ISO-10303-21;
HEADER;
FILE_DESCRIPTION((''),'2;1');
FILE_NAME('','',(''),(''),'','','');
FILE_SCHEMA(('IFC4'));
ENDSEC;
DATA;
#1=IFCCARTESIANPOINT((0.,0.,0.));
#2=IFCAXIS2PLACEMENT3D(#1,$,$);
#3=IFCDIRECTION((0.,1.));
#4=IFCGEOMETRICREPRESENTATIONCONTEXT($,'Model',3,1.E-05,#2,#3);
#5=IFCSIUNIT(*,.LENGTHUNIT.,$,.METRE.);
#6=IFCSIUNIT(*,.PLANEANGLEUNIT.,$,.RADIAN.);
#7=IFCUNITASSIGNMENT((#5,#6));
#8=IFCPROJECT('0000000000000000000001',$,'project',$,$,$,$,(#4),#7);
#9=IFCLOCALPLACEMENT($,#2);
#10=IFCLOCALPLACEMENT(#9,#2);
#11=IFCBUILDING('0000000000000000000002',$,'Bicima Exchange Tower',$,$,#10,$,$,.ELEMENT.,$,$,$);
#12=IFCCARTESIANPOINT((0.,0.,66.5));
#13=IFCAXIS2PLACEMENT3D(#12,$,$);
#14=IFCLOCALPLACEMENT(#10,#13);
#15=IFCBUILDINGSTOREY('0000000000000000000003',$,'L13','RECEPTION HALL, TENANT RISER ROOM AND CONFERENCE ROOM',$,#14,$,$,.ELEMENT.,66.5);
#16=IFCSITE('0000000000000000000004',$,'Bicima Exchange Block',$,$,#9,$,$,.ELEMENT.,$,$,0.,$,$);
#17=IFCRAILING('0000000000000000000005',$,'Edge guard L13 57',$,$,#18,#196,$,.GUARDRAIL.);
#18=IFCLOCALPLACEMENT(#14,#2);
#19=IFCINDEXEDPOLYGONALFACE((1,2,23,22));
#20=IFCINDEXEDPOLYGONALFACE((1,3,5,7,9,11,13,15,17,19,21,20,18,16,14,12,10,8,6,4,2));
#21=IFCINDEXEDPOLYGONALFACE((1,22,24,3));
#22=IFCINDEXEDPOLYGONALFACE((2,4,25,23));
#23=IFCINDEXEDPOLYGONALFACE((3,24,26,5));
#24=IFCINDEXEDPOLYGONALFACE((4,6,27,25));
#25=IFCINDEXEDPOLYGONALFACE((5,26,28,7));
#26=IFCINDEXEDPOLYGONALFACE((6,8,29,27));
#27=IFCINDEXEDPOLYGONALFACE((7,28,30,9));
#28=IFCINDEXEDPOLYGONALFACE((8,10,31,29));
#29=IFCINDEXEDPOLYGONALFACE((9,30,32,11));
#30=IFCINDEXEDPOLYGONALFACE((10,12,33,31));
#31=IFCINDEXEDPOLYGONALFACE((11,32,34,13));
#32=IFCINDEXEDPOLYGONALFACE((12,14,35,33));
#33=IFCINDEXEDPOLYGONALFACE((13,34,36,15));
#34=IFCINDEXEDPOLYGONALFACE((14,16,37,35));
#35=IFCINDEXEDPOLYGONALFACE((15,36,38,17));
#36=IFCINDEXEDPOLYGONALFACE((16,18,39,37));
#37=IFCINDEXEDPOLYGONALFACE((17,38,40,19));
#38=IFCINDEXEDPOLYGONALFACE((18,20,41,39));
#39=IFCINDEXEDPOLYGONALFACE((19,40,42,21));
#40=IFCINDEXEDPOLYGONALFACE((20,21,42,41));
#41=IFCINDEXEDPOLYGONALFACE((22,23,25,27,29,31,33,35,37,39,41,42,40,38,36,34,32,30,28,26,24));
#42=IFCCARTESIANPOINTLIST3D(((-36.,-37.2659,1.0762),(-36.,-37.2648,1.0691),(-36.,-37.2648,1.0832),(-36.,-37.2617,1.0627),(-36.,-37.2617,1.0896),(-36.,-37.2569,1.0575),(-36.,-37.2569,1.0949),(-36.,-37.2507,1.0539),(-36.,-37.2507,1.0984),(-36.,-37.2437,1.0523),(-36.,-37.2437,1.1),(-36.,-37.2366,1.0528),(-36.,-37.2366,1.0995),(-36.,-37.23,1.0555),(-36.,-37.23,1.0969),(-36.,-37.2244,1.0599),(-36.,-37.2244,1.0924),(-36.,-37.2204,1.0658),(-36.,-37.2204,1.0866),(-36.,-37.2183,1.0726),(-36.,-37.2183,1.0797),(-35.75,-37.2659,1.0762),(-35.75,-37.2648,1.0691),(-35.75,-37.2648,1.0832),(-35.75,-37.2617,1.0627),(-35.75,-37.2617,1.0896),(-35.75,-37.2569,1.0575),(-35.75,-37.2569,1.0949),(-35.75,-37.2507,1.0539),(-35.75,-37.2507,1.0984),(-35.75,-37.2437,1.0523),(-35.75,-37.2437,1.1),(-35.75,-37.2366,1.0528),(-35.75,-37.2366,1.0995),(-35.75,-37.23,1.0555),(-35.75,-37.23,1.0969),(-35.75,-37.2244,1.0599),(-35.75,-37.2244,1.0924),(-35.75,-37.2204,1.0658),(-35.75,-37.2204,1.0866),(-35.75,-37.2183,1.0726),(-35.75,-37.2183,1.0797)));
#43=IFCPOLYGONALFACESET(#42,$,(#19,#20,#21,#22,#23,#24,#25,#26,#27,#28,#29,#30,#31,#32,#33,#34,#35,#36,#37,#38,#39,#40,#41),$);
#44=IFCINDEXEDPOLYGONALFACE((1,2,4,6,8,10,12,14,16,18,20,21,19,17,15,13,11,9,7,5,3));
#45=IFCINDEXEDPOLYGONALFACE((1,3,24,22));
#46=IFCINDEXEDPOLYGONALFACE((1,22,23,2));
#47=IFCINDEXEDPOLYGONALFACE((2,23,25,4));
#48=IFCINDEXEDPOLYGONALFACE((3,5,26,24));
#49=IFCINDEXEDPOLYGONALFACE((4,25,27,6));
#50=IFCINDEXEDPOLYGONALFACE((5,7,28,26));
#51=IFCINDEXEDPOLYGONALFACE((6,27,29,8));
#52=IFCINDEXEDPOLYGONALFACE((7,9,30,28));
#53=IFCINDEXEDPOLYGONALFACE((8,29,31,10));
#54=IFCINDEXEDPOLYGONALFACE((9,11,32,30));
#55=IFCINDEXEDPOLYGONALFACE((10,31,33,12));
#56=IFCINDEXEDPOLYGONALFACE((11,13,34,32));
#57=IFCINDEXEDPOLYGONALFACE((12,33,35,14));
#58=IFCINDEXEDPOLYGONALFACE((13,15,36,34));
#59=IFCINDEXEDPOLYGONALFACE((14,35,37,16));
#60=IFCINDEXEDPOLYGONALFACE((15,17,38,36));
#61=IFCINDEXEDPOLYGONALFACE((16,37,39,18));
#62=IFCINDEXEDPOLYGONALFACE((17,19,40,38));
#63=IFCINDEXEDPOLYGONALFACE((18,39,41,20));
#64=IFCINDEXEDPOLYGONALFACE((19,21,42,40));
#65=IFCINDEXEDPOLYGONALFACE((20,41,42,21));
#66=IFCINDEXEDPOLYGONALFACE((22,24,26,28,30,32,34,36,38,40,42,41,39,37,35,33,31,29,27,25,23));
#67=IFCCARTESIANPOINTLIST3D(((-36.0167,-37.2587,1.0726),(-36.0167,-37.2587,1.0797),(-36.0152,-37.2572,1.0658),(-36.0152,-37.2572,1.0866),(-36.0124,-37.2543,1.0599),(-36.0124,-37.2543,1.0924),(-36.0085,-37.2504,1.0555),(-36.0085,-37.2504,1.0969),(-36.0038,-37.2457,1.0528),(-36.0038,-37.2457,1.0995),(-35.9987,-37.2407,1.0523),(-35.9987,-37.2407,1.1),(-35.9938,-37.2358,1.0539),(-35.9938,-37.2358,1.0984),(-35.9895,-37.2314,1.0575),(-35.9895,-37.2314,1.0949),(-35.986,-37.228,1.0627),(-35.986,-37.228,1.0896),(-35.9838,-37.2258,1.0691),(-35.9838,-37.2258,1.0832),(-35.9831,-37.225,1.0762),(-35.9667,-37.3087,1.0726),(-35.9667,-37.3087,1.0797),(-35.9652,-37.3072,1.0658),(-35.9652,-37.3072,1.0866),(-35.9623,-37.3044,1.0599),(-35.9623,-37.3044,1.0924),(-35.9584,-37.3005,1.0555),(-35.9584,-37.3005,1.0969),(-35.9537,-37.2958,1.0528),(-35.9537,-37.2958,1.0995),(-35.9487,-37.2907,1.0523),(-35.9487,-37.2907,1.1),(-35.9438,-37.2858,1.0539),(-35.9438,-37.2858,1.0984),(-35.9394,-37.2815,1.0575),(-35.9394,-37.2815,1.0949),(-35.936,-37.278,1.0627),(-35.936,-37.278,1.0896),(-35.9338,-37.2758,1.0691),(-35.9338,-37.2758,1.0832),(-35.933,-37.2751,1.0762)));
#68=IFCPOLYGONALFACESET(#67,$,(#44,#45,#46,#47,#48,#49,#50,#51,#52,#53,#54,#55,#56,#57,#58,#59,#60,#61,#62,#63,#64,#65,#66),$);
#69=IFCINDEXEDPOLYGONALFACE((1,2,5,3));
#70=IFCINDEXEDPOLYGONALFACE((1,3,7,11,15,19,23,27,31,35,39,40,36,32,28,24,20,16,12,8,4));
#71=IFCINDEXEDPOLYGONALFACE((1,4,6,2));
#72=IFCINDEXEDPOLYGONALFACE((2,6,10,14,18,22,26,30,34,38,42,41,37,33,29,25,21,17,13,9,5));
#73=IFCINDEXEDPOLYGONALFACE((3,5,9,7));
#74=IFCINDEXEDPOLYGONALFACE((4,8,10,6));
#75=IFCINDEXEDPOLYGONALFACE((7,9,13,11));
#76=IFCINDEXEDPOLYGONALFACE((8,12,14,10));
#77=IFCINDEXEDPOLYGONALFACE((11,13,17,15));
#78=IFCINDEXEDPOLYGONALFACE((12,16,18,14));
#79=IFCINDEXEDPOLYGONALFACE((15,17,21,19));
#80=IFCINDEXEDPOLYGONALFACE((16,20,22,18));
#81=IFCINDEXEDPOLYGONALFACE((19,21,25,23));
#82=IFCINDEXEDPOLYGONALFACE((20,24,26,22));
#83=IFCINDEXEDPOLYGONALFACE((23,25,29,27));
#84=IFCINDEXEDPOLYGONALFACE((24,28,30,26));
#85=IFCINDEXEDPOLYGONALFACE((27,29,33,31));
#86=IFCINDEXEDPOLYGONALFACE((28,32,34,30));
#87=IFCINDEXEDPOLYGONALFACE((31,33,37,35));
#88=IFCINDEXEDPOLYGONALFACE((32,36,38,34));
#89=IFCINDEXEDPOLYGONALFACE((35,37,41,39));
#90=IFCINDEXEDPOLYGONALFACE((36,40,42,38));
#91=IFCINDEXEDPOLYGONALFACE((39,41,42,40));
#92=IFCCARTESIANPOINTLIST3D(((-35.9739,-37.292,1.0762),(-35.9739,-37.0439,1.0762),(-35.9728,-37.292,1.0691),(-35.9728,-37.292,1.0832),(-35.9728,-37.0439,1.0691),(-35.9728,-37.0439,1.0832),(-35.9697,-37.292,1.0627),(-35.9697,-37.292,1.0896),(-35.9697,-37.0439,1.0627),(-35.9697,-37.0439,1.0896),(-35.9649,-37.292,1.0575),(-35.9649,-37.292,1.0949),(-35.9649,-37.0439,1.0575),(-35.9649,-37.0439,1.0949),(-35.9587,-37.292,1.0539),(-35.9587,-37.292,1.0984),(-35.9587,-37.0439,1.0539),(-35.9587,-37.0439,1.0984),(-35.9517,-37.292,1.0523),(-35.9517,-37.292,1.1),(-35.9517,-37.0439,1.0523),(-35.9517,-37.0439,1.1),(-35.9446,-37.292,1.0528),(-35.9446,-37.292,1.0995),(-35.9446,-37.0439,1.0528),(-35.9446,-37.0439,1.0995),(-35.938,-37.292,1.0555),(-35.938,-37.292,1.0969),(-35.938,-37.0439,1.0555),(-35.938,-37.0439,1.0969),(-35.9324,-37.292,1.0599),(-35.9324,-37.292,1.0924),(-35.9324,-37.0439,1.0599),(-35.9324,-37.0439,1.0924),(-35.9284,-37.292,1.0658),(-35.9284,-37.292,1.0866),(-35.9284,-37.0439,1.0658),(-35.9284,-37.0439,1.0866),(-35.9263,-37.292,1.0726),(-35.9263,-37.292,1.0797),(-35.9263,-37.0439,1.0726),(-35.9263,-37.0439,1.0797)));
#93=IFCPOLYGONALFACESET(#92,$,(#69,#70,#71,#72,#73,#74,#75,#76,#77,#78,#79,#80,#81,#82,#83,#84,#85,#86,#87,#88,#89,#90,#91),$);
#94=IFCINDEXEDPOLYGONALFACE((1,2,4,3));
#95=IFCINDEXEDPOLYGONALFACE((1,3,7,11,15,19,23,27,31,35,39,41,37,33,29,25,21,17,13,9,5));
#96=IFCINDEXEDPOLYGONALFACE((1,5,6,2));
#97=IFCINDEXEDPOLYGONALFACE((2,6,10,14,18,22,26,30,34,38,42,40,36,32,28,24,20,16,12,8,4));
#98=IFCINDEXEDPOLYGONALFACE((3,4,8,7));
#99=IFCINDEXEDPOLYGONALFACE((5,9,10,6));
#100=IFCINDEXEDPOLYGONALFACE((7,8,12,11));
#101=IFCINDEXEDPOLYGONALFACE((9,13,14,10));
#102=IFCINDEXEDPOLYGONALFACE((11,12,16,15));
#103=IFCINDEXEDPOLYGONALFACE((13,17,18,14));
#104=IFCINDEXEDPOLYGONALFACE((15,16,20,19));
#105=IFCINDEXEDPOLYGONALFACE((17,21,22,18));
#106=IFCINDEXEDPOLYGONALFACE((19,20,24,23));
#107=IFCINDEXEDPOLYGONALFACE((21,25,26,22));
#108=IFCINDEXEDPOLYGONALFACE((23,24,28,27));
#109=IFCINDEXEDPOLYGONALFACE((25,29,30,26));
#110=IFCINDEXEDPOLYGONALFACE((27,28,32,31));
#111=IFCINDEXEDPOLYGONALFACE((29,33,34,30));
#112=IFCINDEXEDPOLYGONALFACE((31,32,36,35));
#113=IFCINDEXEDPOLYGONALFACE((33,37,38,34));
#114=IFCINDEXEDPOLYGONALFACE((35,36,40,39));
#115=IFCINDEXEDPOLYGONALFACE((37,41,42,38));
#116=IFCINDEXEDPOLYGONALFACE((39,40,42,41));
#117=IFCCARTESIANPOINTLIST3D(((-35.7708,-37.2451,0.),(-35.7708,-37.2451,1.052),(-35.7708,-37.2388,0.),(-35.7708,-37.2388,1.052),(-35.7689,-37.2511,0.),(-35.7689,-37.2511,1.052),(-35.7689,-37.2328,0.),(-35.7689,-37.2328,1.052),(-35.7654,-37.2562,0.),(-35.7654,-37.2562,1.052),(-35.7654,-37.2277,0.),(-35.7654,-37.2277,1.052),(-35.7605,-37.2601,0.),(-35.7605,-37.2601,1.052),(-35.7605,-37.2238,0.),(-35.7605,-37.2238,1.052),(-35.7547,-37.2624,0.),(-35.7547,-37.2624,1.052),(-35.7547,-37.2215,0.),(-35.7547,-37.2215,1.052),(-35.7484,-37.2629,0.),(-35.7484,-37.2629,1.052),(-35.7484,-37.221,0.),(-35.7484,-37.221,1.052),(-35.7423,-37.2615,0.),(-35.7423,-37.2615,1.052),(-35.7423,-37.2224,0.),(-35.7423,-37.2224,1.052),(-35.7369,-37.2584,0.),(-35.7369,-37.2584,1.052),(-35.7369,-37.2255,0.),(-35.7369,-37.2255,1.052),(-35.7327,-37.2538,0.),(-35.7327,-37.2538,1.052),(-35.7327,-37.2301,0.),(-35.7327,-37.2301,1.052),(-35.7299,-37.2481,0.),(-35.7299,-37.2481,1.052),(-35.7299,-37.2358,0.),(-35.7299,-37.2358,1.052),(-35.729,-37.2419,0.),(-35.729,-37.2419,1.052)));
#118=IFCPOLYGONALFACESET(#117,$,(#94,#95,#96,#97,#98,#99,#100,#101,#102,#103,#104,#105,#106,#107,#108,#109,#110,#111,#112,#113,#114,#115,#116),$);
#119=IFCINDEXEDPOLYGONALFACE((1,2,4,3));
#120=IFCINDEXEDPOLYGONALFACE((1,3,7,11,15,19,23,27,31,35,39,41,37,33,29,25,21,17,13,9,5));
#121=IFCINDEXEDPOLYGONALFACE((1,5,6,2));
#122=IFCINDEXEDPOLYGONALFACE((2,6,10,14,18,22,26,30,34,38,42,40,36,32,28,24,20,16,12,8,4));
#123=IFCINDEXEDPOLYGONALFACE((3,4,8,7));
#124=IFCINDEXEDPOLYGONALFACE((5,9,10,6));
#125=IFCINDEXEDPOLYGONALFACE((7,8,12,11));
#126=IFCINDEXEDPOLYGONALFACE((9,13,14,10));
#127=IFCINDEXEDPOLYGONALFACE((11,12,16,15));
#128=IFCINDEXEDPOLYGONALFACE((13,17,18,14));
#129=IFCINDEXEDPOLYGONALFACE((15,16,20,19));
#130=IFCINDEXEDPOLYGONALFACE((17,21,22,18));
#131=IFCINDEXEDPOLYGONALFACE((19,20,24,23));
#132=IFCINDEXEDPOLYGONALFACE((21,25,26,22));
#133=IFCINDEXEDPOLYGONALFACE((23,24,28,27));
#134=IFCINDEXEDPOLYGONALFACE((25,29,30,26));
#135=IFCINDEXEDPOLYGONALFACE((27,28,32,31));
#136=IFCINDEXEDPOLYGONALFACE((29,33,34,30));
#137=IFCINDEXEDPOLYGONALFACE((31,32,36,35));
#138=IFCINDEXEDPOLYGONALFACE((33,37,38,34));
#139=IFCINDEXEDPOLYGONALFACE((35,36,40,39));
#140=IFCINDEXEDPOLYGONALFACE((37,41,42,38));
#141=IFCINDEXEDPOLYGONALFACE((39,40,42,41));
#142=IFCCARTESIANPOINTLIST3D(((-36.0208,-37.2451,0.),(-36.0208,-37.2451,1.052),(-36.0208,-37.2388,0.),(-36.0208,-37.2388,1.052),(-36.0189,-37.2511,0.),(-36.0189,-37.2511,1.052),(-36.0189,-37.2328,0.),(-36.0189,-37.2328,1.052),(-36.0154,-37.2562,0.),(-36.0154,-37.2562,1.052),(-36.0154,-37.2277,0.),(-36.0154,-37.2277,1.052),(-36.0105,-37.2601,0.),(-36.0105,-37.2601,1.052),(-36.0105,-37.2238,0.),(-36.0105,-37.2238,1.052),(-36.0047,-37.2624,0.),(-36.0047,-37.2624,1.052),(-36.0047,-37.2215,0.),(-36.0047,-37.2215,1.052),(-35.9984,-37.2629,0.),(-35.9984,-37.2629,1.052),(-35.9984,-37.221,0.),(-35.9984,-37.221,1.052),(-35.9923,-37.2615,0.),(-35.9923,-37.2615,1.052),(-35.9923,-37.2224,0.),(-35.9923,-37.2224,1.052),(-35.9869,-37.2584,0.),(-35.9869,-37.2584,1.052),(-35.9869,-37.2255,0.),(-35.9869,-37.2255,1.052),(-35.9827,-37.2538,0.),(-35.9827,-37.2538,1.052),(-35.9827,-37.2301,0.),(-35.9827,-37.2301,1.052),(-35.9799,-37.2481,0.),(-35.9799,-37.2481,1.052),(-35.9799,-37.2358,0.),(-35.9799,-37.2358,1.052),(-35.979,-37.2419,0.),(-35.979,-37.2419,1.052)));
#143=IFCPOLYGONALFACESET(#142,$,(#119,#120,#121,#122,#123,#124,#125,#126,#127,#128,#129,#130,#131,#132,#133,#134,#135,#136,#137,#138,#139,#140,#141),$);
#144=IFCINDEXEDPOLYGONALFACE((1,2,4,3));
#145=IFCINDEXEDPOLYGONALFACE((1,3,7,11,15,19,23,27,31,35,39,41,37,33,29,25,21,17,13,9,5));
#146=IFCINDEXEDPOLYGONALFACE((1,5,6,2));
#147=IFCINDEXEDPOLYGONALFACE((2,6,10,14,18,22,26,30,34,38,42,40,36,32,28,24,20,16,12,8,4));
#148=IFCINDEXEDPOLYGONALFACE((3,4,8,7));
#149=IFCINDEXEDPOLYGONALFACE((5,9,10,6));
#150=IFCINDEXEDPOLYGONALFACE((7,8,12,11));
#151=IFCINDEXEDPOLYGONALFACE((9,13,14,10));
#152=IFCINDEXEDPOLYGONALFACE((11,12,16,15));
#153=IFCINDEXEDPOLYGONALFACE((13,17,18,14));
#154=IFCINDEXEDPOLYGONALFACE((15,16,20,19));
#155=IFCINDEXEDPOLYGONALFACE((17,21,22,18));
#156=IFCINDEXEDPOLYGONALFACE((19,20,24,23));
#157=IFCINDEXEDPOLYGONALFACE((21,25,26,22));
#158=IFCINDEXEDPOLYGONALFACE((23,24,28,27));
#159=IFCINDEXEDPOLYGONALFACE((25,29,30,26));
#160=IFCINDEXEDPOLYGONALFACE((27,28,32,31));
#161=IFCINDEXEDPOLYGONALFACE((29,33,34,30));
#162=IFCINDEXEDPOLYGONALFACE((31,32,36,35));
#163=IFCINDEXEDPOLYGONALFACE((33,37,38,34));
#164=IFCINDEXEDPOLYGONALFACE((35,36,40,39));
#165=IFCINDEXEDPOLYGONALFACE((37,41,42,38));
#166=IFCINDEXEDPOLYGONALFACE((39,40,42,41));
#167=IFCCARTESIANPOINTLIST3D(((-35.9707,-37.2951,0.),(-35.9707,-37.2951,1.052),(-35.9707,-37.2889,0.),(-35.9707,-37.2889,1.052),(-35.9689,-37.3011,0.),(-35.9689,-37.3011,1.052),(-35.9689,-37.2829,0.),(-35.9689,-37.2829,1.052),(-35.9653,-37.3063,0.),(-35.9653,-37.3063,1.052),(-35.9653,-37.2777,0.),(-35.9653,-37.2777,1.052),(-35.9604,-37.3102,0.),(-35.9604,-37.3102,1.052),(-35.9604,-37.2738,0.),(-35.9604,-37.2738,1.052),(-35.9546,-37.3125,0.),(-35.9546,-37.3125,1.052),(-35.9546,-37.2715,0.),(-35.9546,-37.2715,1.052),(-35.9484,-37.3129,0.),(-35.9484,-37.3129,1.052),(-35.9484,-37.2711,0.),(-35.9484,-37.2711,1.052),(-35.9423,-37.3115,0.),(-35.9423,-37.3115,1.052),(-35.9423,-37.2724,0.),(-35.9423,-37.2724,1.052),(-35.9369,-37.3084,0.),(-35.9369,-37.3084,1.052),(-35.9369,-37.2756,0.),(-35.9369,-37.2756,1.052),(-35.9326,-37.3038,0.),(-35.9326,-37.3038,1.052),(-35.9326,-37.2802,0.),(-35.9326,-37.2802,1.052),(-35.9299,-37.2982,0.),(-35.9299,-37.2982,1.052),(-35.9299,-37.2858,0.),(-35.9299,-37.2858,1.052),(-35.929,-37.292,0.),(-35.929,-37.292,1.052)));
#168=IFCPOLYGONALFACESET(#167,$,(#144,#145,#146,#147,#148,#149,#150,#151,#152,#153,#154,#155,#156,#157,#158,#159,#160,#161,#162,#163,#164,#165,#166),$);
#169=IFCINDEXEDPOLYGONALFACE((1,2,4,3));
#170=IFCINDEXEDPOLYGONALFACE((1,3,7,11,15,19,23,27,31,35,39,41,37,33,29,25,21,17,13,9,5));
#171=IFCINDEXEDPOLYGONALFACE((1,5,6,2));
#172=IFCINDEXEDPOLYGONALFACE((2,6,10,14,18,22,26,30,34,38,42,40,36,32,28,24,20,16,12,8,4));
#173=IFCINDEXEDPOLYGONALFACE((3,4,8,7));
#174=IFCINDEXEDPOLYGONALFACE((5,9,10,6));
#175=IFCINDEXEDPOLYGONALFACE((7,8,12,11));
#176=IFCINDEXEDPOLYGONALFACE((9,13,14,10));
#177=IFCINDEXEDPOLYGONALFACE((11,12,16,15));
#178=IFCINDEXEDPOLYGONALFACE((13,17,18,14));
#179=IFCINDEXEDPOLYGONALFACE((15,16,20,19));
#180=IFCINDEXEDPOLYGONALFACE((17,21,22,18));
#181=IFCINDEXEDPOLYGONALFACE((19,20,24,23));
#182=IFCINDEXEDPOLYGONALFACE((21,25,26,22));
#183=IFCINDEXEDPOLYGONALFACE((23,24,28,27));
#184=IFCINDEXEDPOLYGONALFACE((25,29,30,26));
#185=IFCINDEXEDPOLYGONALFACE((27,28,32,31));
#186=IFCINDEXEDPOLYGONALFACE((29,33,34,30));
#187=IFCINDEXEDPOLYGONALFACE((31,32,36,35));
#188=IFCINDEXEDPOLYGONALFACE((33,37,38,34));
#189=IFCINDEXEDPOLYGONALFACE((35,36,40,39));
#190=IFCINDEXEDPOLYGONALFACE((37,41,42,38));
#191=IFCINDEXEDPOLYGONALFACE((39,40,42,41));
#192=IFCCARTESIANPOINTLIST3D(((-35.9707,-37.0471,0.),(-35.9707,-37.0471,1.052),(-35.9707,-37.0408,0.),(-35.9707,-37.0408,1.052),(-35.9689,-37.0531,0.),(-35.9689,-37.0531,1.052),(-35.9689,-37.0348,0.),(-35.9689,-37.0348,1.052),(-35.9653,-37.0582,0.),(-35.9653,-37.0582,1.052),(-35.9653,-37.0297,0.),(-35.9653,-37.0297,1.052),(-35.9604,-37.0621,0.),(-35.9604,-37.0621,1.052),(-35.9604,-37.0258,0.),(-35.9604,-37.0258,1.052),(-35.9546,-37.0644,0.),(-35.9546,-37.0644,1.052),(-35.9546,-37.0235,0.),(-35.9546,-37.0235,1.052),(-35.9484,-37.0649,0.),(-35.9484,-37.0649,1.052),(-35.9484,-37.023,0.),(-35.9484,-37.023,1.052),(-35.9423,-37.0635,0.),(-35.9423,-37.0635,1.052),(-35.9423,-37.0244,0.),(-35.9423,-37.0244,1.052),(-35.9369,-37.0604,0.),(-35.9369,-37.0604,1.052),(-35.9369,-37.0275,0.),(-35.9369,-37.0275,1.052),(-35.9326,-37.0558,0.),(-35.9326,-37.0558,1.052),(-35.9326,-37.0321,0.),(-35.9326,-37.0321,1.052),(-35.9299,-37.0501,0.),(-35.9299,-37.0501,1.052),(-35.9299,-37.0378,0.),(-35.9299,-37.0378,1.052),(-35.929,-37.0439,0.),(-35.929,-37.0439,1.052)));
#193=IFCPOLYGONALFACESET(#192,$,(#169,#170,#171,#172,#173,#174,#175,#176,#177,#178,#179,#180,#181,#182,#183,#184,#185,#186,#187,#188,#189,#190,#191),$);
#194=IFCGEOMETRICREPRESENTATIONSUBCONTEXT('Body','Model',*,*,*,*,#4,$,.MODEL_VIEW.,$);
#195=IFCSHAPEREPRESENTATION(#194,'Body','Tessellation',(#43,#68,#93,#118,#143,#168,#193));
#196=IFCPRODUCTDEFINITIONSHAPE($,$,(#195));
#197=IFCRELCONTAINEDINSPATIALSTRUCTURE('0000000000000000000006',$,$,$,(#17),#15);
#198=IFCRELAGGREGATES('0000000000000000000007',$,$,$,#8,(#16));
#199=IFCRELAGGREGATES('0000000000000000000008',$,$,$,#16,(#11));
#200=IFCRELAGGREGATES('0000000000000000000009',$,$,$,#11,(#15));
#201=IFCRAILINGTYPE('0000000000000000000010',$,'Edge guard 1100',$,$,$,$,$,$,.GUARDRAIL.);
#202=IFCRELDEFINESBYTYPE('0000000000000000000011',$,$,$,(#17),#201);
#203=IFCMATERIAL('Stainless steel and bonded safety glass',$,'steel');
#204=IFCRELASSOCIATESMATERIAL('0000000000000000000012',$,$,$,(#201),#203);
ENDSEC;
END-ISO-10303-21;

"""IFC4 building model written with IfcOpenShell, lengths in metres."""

from ifc_helpers import new_model, si_unit, direction, frame, origin, origin_2d, place, context, subcontext, project, spatial, circle, extrude, material, type_object, element, save


model = new_model("IFC4")

# Units and contexts
model_context = context("Model", 3, precision=1e-05, world=origin(), true_north=direction((0.0, 1.0)))
body_context = subcontext(model_context, "Body", "Model", "MODEL_VIEW")
ifc_project = project(units=[si_unit("LENGTHUNIT", "METRE"), si_unit("PLANEANGLEUNIT", "RADIAN")], contexts=[model_context])

# Site, building, storey
site_placement = place(None, origin())
site = spatial("IfcSite", under=ifc_project, at=site_placement, Name="Bicima Exchange Block", CompositionType="ELEMENT", RefElevation=0.0)
building_placement = place(site_placement, origin())
building = spatial("IfcBuilding", under=site, at=building_placement, Name="Bicima Exchange Tower", CompositionType="ELEMENT")
storey_placement = place(building_placement, frame((0.0, 0.0, 66.5)))
storey = spatial("IfcBuildingStorey", under=building, at=storey_placement, Name="L13", Description="RECEPTION HALL, TENANT RISER ROOM AND CONFERENCE ROOM", CompositionType="ELEMENT", Elevation=66.5)

# Railing
ifc_material_1 = material(Name="Stainless steel and bonded safety glass", Category="steel")
railing_type = type_object("IfcRailingType", Name="Edge guard 1100", PredefinedType="GUARDRAIL", material=ifc_material_1)
railing_1_placement = place(storey_placement, frame((-35.75, -37.2419, 0.0)))
element("IfcRailing", 1, at=railing_1_placement, inside=storey, type_object=railing_type, Name="Edge guard L13 57", PredefinedType="GUARDRAIL", context=body_context, shape_type="SweptSolid", body=[
    extrude(circle(Radius=0.0239, at=origin_2d()), frame((0.0, 0.0, 1.0762), z_axis=(-1.0, 0.0, 0.0), x_axis=(0.0, -1.0, 0.0)), (0.0, 0.0, 1.0), 0.25),
    extrude(circle(Radius=0.0239, at=origin_2d()), frame((-0.25, 0.0, 1.0762), z_axis=(0.707107, -0.707107, 0.0), x_axis=(0.707107, 0.707107, 0.0)), (0.0, 0.0, 1.0), 0.0708),
    extrude(circle(Radius=0.0239, at=origin_2d()), frame((-0.2, -0.05, 1.0762), z_axis=(0.0, 1.0, 0.0), x_axis=(-1.0, 0.0, 0.0)), (0.0, 0.0, 1.0), 0.248),
    extrude(circle(Radius=0.021, at=origin_2d()), origin(), (0.0, 0.0, 1.0), 1.052),
    extrude(circle(Radius=0.021, at=origin_2d()), frame((-0.25, 0.0, 0.0)), (0.0, 0.0, 1.0), 1.052),
    extrude(circle(Radius=0.021, at=origin_2d()), frame((-0.2, -0.05, 0.0)), (0.0, 0.0, 1.0), 1.052),
    extrude(circle(Radius=0.021, at=origin_2d()), frame((-0.2, 0.198, 0.0)), (0.0, 0.0, 1.0), 1.052),
])

save(model, "model.ifc")
